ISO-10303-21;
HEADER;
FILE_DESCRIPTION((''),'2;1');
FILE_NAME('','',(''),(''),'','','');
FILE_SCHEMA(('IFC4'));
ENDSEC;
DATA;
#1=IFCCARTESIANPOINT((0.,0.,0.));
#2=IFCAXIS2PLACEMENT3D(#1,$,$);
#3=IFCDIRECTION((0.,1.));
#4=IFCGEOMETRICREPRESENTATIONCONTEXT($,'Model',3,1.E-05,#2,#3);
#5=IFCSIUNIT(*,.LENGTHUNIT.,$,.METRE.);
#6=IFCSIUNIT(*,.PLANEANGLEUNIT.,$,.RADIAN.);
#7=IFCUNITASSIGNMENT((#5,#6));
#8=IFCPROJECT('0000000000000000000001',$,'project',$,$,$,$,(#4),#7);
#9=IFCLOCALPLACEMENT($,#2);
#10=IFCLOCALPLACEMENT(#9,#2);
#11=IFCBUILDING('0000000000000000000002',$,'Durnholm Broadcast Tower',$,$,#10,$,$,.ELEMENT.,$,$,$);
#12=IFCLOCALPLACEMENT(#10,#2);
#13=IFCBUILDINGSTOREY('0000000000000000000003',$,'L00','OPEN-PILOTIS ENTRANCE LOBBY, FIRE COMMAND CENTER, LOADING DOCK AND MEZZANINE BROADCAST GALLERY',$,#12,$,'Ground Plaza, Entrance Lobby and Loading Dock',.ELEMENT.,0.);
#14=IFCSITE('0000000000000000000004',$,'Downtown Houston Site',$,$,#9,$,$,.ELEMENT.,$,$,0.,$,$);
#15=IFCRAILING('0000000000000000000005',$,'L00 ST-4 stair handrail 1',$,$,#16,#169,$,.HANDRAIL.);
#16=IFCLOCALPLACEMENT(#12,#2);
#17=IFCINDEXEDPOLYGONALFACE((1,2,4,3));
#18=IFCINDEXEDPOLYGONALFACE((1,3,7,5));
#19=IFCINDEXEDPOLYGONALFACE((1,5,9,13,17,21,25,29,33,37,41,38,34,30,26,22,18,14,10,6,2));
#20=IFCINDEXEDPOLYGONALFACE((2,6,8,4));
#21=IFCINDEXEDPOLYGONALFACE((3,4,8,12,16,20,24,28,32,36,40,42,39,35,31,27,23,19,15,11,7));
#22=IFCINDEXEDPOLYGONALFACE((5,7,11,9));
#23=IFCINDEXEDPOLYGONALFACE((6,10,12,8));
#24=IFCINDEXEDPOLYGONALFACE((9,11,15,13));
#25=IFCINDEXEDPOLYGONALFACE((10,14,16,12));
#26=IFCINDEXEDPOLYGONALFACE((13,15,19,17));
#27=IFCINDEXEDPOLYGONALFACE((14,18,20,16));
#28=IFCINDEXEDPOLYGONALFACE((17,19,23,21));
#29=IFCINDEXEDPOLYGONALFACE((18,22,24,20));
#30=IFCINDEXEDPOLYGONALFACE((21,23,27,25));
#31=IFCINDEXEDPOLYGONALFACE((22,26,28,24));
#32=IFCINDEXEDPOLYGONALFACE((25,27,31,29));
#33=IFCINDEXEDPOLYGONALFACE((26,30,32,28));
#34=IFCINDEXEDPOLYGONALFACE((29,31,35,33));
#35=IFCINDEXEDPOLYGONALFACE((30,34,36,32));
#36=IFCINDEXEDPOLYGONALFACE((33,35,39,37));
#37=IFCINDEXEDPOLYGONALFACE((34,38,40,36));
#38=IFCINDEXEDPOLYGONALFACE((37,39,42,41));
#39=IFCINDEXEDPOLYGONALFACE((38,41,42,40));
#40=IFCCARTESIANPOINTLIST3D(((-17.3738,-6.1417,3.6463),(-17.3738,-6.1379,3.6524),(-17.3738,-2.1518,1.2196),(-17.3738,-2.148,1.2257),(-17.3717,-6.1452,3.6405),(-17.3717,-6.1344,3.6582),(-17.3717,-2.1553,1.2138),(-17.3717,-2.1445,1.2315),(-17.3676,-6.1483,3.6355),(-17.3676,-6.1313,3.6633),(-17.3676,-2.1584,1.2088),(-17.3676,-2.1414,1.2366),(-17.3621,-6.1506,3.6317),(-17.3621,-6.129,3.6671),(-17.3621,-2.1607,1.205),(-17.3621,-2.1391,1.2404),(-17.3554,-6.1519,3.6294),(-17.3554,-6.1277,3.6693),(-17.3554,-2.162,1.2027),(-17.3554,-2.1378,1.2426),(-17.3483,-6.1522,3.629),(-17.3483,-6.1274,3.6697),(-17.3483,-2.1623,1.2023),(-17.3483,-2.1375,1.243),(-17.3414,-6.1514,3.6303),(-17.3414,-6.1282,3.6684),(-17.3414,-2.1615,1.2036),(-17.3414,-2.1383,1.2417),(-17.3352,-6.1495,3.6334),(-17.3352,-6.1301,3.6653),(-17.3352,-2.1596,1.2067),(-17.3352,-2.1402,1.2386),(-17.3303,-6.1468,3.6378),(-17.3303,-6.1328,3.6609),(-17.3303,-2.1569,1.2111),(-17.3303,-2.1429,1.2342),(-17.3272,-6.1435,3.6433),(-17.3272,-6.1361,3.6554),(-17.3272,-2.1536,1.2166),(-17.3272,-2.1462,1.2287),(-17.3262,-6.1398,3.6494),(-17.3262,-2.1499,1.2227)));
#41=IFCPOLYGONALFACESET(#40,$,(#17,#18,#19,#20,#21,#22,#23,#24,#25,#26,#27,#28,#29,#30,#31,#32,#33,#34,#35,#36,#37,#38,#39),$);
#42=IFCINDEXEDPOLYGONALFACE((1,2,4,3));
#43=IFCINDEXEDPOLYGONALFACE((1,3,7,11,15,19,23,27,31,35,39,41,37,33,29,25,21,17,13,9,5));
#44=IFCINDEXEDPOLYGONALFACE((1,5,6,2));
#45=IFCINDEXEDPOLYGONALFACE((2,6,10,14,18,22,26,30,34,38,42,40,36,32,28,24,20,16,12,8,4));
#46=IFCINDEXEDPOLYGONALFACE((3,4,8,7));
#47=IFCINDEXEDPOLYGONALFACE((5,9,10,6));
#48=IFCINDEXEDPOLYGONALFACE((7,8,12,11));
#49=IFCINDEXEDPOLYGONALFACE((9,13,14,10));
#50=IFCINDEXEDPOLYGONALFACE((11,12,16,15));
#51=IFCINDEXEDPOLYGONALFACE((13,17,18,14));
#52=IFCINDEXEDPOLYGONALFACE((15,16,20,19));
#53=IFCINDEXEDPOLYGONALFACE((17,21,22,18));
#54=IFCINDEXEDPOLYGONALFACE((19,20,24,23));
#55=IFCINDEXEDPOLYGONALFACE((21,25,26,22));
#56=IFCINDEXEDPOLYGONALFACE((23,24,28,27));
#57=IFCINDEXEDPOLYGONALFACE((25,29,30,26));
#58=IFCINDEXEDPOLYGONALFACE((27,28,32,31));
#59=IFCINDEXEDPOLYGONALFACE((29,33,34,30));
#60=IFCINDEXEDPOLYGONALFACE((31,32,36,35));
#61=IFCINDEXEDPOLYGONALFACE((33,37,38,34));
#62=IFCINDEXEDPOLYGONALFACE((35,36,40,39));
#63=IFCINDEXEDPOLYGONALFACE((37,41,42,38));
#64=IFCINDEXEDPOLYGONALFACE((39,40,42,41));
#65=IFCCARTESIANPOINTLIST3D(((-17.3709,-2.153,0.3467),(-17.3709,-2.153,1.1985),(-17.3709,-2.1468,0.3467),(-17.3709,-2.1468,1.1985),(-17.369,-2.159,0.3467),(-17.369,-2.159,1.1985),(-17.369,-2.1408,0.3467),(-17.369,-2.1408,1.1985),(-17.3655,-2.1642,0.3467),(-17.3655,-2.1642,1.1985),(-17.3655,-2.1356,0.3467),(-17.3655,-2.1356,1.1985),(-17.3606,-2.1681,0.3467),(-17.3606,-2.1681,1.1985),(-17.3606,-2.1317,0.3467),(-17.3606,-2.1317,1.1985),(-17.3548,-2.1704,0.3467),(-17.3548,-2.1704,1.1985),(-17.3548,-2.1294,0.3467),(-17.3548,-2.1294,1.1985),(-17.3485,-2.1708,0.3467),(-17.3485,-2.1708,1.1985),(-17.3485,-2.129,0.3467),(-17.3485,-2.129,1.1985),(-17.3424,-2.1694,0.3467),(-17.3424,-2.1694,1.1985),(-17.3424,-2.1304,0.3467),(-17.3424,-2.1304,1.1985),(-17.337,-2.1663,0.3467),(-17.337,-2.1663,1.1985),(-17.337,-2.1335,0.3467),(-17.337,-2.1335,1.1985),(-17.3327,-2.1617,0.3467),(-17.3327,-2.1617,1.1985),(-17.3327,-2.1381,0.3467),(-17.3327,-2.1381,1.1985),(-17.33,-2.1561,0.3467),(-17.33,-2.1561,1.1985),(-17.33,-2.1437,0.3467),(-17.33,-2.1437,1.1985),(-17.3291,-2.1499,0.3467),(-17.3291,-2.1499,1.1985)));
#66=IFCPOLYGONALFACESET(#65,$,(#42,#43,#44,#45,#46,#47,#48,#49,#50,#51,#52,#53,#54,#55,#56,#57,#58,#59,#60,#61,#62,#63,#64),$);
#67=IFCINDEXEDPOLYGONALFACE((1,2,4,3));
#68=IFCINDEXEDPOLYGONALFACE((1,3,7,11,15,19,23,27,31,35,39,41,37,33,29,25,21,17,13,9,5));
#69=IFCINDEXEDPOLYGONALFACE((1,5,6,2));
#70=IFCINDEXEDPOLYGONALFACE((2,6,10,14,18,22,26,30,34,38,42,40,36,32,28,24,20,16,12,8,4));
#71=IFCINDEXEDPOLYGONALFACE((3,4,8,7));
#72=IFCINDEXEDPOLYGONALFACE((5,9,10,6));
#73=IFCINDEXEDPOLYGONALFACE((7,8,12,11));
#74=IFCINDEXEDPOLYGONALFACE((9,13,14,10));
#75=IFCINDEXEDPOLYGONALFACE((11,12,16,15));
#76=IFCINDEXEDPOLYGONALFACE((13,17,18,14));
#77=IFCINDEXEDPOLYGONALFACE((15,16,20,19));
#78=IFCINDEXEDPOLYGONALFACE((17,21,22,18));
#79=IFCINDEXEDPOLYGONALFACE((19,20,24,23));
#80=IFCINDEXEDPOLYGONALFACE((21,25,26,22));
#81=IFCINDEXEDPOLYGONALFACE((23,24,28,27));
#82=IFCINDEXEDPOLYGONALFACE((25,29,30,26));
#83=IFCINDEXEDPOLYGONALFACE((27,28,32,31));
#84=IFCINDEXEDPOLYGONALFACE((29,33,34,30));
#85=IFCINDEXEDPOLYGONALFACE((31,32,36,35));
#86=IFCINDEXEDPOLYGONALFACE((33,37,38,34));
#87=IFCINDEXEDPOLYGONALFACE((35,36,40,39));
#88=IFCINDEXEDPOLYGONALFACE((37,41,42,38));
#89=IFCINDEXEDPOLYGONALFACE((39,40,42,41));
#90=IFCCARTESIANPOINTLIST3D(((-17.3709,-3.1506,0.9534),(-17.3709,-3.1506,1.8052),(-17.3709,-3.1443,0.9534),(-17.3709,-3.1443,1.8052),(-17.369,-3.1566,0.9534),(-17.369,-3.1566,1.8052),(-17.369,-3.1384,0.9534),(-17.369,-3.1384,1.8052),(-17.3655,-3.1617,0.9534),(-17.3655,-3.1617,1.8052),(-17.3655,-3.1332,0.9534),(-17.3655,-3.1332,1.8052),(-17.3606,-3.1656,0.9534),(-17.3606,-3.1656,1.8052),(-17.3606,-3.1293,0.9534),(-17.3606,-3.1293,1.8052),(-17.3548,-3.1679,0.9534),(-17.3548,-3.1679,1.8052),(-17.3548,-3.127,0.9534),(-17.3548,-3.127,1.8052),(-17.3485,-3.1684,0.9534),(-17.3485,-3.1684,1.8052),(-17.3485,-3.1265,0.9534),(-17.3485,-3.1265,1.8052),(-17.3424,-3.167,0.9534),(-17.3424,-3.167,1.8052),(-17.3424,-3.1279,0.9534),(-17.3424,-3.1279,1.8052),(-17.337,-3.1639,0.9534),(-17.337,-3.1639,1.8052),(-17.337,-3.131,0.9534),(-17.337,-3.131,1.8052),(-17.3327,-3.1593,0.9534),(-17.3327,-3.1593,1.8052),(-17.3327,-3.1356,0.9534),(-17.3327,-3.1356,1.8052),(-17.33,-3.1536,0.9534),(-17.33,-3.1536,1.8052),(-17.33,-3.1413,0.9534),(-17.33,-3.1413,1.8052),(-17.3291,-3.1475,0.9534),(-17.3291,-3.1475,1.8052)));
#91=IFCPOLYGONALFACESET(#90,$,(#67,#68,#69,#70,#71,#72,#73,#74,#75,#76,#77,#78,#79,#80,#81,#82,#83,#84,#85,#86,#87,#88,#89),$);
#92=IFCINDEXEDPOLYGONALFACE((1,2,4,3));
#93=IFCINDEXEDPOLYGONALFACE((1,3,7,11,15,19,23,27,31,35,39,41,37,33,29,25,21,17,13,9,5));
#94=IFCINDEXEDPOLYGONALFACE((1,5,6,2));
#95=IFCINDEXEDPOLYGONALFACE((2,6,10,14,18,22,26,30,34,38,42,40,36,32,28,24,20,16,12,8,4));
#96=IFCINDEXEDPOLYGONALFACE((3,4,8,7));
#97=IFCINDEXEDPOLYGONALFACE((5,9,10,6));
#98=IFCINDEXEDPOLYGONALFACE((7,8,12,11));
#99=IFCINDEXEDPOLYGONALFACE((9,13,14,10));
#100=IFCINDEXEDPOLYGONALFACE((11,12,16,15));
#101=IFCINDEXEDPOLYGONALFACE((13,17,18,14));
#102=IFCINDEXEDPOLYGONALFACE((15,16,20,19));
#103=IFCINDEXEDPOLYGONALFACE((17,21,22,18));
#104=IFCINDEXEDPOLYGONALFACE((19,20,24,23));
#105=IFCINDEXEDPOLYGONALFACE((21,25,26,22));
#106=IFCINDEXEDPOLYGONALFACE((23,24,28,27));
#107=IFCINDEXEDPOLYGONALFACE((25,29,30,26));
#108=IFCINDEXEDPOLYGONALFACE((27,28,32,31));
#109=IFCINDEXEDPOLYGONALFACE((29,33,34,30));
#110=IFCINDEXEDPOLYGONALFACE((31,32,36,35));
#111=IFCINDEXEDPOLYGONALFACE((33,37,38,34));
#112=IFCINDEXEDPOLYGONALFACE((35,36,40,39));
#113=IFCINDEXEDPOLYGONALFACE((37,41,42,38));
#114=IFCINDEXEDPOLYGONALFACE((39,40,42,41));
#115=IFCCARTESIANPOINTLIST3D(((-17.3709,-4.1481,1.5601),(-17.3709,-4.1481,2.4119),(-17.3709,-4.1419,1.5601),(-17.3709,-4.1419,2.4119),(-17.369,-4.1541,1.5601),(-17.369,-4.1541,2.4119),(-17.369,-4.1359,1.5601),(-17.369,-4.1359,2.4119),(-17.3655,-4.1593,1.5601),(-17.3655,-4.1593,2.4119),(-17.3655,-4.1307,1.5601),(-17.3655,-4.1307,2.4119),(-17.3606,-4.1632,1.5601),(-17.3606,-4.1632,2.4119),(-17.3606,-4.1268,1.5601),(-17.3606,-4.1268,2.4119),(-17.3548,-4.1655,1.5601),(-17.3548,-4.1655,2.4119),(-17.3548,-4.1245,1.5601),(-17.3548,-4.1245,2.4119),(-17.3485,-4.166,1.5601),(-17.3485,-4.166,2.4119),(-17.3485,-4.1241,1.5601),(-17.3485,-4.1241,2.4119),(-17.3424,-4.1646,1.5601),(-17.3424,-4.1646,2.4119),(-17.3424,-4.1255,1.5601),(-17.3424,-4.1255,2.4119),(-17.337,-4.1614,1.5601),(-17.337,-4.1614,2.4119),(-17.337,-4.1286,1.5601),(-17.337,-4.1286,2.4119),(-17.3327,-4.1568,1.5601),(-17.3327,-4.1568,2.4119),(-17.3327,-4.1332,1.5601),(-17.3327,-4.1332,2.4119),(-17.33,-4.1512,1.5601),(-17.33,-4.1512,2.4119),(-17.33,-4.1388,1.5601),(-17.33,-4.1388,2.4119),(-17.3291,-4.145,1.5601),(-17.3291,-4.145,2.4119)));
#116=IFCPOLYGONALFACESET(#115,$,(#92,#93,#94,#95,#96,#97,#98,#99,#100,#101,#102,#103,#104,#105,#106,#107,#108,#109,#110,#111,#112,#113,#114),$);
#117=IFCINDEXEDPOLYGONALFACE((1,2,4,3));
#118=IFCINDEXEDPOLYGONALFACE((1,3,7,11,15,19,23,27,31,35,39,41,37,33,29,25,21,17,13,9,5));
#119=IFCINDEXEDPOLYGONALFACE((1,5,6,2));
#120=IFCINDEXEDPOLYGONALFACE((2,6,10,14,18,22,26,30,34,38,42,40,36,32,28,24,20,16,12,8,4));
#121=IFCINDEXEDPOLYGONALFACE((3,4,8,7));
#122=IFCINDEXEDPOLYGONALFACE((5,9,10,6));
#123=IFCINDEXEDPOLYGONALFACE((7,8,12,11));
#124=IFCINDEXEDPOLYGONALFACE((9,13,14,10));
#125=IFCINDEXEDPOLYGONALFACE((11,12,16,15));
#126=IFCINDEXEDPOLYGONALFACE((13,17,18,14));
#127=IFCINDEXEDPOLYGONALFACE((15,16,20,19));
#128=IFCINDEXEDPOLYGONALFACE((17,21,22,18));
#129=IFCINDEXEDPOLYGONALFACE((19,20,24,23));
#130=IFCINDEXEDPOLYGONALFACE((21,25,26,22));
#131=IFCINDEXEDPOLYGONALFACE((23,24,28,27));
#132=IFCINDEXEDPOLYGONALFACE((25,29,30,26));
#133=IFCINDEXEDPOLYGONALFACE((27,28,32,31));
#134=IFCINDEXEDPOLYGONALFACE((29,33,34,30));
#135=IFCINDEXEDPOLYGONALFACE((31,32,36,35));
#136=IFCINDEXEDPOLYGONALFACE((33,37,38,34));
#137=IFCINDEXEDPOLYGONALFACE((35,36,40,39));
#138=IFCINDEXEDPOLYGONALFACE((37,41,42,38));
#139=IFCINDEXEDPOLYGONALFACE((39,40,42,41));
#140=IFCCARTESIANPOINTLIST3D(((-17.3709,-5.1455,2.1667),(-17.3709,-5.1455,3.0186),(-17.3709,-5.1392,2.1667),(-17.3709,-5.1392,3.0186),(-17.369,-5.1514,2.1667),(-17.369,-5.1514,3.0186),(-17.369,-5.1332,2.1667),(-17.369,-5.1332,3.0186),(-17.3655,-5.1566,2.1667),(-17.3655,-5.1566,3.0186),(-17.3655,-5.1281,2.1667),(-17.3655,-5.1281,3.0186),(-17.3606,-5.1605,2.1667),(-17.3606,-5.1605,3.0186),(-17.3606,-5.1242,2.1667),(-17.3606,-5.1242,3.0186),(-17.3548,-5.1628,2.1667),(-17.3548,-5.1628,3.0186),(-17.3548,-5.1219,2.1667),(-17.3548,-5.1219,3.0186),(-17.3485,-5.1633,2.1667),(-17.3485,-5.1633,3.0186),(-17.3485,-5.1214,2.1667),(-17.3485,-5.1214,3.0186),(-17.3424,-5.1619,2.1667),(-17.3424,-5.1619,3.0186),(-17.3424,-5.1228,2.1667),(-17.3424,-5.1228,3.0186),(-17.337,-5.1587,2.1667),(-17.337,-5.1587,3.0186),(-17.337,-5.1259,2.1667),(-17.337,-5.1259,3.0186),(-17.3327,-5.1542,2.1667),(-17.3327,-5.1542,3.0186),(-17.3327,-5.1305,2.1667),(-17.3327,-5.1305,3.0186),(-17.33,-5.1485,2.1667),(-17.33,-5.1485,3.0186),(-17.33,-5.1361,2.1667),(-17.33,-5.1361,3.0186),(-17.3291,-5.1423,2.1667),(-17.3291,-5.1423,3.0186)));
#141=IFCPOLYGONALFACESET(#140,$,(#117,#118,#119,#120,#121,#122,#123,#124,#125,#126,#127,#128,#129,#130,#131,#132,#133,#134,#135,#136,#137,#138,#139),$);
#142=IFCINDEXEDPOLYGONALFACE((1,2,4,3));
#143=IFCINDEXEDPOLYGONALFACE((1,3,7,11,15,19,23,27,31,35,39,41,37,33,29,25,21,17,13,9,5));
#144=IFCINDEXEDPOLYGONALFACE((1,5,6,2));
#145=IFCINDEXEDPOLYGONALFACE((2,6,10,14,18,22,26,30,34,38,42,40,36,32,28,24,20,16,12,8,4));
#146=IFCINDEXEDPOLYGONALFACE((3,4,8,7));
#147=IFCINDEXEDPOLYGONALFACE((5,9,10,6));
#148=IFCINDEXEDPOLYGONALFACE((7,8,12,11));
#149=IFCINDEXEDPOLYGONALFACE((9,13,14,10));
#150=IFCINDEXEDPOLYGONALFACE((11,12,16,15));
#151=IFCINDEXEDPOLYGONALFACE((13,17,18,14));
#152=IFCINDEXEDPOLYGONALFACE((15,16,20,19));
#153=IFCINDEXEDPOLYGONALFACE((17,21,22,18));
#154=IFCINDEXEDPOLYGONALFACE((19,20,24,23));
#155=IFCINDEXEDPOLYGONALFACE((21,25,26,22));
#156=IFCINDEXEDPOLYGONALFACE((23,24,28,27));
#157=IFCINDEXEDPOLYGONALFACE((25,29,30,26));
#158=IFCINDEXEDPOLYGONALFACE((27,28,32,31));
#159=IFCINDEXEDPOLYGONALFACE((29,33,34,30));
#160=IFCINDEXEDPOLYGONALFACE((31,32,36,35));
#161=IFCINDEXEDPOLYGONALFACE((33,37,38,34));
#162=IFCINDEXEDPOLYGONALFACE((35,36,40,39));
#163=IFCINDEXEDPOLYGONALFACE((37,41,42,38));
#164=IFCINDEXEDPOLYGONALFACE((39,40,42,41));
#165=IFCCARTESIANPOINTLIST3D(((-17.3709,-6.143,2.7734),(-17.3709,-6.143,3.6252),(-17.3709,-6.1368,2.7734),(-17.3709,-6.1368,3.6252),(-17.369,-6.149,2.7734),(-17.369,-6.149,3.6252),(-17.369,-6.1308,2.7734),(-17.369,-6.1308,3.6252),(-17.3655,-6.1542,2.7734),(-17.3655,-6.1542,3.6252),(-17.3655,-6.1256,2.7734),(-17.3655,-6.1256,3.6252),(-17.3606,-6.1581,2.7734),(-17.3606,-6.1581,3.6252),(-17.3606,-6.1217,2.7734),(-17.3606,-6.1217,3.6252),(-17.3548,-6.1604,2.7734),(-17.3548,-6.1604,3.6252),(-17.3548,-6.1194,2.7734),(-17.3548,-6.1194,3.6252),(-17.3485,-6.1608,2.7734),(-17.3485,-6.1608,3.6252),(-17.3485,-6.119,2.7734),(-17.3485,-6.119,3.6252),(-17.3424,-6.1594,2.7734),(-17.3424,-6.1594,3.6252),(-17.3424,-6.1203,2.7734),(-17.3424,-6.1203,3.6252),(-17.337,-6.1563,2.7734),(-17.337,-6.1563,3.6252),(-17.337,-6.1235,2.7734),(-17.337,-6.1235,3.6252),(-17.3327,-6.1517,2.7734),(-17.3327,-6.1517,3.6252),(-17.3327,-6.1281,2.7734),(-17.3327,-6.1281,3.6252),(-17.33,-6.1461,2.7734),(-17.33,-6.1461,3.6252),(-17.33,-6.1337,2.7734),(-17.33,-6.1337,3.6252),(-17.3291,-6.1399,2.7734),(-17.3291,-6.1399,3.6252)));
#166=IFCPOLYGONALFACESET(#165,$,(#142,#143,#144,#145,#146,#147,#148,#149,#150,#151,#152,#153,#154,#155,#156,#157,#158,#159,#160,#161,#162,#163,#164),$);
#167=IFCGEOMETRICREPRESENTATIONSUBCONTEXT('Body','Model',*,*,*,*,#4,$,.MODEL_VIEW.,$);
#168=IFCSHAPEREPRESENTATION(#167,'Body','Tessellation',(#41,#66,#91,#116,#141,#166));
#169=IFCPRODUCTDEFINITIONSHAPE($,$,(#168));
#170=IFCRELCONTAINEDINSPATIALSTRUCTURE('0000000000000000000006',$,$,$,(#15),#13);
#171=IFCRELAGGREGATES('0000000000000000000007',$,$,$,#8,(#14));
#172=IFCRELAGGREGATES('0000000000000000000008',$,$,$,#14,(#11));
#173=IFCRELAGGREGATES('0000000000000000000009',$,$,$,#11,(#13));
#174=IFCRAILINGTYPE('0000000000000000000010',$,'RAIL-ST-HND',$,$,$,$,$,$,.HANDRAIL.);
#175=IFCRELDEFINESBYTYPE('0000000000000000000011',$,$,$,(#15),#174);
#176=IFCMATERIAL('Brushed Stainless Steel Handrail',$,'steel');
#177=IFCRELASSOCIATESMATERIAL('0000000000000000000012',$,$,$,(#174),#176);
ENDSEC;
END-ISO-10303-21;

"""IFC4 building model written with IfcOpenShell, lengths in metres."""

from ifc_helpers import new_model, si_unit, direction, frame, origin, origin_2d, place, context, subcontext, project, spatial, circle, extrude, material, type_object, element, save


model = new_model("IFC4")

# Units and contexts
model_context = context("Model", 3, precision=1e-05, world=origin(), true_north=direction((0.0, 1.0)))
body_context = subcontext(model_context, "Body", "Model", "MODEL_VIEW")
ifc_project = project(units=[si_unit("LENGTHUNIT", "METRE"), si_unit("PLANEANGLEUNIT", "RADIAN")], contexts=[model_context])

# Site, building, storey
site_placement = place(None, origin())
site = spatial("IfcSite", under=ifc_project, at=site_placement, Name="Downtown Houston Site", CompositionType="ELEMENT", RefElevation=0.0)
building_placement = place(site_placement, origin())
building = spatial("IfcBuilding", under=site, at=building_placement, Name="Durnholm Broadcast Tower", CompositionType="ELEMENT")
storey_placement = place(building_placement, origin())
storey = spatial("IfcBuildingStorey", under=building, at=storey_placement, Name="L00", Description="OPEN-PILOTIS ENTRANCE LOBBY, FIRE COMMAND CENTER, LOADING DOCK AND MEZZANINE BROADCAST GALLERY", LongName="Ground Plaza, Entrance Lobby and Loading Dock", CompositionType="ELEMENT", Elevation=0.0)

# Railing
ifc_material_1 = material(Name="Brushed Stainless Steel Handrail", Category="steel")
railing_type_1 = type_object("IfcRailingType", Name="RAIL-ST-HND", PredefinedType="HANDRAIL", material=ifc_material_1)
railing_1_placement = place(storey_placement, frame((-17.3501, -2.1499, 0.3467)))
element("IfcRailing", 1, at=railing_1_placement, inside=storey, type_object=railing_type_1, Name="L00 ST-4 stair handrail 1", PredefinedType="HANDRAIL", context=body_context, shape_type="SweptSolid", body=[
    extrude(circle(Radius=0.0239, at=origin_2d()), frame((0.0, 0.0, 0.876), z_axis=(0.0, -0.854382, 0.519645), x_axis=(1.0, 0.0, 0.0)), (0.0, 0.0, 1.0), 4.6699),
    extrude(circle(Radius=0.021, at=origin_2d()), origin(), (0.0, 0.0, 1.0), 0.8518),
    extrude(circle(Radius=0.021, at=origin_2d()), frame((0.0, -0.9976, 0.6067)), (0.0, 0.0, 1.0), 0.8518),
    extrude(circle(Radius=0.021, at=origin_2d()), frame((0.0, -1.9951, 1.2134)), (0.0, 0.0, 1.0), 0.8518),
    extrude(circle(Radius=0.021, at=origin_2d()), frame((0.0, -2.9924, 1.8201)), (0.0, 0.0, 1.0), 0.8518),
    extrude(circle(Radius=0.021, at=origin_2d()), frame((0.0, -3.99, 2.4268)), (0.0, 0.0, 1.0), 0.8518),
])

save(model, "model.ifc")
